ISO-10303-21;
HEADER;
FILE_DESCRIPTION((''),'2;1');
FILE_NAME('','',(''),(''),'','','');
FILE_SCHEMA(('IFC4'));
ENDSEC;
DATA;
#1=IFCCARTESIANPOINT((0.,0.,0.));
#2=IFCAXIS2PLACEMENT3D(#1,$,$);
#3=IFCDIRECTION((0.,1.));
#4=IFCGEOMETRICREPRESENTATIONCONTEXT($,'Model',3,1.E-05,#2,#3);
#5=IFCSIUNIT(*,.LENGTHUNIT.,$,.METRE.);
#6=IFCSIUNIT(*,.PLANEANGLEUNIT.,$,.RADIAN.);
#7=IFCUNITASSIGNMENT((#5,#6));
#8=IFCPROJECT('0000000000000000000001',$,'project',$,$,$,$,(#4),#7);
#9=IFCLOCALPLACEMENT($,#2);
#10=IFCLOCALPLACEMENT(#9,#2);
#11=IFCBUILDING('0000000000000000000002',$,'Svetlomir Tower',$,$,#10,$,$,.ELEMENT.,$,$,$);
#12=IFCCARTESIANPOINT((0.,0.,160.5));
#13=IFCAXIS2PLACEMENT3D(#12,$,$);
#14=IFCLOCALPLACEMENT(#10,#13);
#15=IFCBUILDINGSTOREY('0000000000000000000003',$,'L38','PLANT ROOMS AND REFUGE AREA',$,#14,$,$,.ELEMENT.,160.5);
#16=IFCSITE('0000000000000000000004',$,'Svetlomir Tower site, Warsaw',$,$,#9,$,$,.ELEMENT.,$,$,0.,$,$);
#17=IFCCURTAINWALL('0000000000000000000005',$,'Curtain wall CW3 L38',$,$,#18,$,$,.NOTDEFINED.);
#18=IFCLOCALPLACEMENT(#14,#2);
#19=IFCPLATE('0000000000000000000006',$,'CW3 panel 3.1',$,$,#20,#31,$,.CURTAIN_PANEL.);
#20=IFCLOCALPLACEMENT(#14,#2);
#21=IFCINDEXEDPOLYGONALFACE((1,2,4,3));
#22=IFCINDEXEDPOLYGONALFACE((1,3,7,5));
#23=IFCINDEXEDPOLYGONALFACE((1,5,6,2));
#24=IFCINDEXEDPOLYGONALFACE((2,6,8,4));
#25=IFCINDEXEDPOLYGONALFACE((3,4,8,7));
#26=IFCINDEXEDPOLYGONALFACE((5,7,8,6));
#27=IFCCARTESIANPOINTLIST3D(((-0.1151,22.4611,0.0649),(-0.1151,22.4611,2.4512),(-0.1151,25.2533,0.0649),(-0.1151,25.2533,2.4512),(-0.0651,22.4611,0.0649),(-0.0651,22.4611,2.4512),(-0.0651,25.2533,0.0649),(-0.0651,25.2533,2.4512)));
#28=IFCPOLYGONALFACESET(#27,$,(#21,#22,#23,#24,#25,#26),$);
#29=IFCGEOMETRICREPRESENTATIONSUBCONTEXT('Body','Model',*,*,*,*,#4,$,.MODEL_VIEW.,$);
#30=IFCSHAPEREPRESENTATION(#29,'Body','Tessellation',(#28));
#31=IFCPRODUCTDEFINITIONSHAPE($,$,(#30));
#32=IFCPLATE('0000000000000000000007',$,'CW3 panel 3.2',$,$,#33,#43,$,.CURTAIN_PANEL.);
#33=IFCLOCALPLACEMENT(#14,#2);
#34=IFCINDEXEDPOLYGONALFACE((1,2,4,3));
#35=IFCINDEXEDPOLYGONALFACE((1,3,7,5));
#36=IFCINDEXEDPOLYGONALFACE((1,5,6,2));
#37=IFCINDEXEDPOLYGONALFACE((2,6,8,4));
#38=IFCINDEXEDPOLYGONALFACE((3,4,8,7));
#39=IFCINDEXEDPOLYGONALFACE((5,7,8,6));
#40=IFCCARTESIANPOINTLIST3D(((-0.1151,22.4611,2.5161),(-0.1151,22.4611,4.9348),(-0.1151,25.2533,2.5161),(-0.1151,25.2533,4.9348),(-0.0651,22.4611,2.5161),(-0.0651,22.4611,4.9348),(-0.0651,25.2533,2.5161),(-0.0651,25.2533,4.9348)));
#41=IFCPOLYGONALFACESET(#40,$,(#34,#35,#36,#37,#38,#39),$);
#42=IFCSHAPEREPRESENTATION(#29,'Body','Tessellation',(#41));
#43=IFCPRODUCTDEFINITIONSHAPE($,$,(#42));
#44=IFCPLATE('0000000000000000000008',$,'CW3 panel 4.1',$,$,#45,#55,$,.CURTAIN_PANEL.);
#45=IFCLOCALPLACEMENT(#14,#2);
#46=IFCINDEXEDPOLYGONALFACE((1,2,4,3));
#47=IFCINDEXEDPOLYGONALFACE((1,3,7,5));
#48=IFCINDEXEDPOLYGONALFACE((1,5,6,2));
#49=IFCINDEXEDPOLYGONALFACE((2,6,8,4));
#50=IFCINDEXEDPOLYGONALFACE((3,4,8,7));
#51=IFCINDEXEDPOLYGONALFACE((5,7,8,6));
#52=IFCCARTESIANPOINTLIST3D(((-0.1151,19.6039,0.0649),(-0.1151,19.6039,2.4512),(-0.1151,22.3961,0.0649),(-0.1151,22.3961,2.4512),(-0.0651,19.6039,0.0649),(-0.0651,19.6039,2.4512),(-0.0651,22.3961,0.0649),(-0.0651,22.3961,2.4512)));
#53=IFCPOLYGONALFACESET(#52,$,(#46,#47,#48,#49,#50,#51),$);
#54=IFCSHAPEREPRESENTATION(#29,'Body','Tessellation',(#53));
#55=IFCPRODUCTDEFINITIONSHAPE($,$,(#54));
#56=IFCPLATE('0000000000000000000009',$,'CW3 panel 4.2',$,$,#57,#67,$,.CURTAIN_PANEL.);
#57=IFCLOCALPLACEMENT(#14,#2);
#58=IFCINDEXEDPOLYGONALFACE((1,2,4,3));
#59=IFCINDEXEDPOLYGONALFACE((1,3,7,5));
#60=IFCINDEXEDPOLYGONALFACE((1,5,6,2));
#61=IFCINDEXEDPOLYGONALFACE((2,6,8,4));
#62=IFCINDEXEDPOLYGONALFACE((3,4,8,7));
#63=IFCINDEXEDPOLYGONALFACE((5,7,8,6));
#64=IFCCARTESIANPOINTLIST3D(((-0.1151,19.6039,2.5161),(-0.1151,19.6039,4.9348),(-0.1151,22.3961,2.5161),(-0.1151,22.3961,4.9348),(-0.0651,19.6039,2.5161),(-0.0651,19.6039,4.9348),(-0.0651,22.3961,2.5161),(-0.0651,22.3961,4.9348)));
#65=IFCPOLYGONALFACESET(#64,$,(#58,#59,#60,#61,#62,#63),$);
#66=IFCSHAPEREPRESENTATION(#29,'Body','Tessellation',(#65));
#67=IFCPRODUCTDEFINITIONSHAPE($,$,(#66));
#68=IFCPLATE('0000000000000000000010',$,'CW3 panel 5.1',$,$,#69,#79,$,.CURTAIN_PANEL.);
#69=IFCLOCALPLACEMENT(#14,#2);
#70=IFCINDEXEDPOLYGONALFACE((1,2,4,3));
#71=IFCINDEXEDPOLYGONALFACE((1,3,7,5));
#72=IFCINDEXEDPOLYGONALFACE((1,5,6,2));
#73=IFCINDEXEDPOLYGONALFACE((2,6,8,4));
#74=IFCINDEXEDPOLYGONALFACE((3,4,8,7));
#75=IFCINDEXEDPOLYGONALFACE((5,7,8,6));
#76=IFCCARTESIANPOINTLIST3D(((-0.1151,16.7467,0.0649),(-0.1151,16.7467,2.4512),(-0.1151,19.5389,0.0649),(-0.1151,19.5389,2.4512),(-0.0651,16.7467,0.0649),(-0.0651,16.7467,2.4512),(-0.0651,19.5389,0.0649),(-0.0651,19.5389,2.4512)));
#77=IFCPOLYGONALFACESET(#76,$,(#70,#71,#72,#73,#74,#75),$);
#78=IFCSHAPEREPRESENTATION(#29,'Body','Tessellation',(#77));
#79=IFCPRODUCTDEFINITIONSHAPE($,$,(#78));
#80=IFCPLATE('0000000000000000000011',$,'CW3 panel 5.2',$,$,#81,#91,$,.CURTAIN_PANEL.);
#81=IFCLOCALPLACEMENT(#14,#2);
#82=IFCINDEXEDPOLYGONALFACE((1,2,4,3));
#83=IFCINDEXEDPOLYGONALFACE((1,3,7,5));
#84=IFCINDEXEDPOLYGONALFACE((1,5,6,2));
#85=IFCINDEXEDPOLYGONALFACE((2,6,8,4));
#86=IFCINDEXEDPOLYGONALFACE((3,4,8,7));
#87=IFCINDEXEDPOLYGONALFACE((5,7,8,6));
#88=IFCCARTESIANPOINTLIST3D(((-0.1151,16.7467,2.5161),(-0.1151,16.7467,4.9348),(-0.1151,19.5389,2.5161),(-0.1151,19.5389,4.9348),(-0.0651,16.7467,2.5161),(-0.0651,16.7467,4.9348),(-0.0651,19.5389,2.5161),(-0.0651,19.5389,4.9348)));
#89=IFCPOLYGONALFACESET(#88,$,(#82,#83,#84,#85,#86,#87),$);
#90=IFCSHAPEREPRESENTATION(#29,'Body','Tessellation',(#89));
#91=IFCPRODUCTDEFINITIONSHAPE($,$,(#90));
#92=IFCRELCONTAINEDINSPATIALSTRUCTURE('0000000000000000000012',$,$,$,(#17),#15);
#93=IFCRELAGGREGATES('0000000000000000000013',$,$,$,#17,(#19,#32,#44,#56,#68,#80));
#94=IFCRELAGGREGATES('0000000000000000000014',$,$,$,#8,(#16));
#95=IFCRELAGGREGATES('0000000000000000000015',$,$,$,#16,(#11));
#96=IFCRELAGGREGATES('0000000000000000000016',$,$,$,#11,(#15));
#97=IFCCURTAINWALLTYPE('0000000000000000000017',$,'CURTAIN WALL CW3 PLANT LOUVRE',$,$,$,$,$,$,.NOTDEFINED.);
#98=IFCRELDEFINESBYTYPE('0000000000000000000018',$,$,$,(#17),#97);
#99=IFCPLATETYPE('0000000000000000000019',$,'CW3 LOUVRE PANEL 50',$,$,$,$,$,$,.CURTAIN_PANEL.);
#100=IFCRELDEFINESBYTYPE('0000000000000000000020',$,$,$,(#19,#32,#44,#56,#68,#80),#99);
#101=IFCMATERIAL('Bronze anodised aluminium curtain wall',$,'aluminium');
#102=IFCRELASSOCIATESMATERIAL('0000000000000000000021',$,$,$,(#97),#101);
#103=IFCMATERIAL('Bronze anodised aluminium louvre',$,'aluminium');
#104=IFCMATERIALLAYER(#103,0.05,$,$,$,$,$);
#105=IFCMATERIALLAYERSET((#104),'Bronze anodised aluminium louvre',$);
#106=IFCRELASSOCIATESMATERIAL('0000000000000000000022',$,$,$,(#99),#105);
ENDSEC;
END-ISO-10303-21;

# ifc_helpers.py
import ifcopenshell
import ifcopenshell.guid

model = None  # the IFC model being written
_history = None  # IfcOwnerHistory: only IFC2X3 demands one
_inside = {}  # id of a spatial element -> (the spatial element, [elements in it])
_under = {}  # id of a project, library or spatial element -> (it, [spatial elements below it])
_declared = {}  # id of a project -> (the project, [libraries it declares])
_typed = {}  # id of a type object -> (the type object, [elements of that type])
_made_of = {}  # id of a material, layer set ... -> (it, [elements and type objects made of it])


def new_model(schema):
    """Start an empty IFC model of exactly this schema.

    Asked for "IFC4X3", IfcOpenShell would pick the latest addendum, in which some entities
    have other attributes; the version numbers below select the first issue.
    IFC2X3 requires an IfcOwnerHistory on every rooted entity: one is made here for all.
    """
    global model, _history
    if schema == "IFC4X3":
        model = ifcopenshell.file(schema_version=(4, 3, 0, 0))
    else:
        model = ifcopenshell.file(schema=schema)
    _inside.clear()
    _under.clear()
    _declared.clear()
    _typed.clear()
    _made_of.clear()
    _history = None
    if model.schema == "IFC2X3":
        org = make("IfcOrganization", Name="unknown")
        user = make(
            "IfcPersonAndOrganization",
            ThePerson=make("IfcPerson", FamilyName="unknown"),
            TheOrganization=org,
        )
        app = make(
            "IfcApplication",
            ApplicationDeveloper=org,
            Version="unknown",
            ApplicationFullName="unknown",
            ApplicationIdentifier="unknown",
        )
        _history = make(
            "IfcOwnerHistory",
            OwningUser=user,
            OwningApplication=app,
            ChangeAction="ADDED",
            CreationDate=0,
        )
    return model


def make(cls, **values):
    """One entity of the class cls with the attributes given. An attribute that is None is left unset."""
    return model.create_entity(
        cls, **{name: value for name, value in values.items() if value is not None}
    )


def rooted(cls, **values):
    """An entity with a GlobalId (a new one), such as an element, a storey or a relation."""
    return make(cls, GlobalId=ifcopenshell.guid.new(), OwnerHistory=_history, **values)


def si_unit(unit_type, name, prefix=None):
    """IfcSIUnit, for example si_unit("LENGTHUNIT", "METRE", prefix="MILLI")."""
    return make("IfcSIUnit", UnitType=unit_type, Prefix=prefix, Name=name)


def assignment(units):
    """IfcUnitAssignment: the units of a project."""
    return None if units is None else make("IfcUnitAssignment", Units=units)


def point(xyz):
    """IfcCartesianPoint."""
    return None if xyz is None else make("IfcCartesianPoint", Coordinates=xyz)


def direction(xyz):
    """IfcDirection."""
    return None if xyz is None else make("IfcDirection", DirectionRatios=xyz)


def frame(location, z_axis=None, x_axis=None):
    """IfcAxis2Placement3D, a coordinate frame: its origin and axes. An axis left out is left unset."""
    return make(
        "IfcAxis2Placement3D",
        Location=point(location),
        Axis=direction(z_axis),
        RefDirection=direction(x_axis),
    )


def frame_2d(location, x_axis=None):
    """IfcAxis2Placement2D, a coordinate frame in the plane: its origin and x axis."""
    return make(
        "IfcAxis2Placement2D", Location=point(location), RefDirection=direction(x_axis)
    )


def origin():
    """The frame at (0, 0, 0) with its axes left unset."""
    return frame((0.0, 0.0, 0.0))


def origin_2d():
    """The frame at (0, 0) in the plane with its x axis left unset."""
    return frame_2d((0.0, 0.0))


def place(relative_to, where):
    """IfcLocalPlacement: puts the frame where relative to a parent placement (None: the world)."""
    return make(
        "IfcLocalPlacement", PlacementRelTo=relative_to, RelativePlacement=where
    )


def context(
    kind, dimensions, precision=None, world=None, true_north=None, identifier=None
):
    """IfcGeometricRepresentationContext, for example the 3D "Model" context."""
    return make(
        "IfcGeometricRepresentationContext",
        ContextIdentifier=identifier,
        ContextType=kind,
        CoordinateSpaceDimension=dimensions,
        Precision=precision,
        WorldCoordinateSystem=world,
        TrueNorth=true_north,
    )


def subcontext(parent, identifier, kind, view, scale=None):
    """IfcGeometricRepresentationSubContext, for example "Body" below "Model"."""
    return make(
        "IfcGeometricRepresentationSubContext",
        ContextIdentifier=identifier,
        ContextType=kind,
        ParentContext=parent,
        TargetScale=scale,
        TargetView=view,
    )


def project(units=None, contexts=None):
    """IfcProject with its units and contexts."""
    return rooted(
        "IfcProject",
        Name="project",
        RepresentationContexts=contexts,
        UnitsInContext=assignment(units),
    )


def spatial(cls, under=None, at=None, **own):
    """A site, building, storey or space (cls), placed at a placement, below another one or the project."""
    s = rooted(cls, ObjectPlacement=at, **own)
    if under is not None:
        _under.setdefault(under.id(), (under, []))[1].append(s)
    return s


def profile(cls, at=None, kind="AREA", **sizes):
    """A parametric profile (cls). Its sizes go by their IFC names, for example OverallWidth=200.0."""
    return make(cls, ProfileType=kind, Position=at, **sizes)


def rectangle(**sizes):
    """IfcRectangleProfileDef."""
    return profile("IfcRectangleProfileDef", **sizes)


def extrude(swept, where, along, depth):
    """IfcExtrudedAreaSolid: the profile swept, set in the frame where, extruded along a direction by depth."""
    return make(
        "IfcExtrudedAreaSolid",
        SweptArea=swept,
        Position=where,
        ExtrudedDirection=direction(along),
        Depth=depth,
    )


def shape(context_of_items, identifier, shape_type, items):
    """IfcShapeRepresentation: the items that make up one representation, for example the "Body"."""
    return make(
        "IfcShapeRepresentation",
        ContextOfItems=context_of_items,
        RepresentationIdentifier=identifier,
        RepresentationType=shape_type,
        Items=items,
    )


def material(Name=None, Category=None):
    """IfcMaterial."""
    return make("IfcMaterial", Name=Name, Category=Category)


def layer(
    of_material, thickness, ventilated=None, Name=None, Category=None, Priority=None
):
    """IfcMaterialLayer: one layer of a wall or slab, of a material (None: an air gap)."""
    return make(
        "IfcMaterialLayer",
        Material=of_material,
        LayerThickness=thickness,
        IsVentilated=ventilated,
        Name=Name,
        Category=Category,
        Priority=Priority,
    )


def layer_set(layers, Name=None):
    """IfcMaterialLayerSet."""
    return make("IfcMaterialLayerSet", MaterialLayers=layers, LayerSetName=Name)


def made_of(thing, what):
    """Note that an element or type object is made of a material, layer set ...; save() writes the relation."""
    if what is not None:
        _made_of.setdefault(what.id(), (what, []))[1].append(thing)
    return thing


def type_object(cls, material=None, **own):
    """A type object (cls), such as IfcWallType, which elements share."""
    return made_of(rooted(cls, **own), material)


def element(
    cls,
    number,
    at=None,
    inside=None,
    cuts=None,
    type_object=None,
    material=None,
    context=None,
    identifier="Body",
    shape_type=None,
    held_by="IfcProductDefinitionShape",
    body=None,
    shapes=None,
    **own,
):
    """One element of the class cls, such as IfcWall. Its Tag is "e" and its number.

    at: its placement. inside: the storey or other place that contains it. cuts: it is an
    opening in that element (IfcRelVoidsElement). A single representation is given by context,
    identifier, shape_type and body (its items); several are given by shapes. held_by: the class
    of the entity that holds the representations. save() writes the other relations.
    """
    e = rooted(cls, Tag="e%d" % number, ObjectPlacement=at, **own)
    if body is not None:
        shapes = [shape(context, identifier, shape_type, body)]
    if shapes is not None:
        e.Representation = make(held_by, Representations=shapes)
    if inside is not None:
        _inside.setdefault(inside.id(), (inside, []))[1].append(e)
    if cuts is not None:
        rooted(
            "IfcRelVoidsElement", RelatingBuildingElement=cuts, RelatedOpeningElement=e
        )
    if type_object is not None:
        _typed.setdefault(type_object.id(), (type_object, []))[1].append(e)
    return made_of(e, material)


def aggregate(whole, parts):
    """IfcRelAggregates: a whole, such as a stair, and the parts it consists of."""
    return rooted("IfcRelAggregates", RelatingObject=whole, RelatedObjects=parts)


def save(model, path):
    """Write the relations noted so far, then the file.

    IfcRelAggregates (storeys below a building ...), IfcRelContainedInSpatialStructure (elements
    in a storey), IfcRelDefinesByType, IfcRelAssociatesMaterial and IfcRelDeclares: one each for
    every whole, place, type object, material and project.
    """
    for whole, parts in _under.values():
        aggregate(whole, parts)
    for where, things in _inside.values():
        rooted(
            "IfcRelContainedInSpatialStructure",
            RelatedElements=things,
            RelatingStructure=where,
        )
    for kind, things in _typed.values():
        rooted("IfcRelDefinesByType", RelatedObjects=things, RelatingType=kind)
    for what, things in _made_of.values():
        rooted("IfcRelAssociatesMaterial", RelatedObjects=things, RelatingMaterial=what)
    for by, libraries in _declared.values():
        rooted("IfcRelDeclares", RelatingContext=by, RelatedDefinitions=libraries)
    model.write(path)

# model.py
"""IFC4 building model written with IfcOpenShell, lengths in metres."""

from ifc_helpers import new_model, si_unit, direction, frame, origin, origin_2d, place, context, subcontext, project, spatial, rectangle, extrude, material, layer, layer_set, type_object, element, aggregate, save


model = new_model("IFC4")

# Units and contexts
model_context = context("Model", 3, precision=1e-05, world=origin(), true_north=direction((0.0, 1.0)))
body_context = subcontext(model_context, "Body", "Model", "MODEL_VIEW")
ifc_project = project(units=[si_unit("LENGTHUNIT", "METRE"), si_unit("PLANEANGLEUNIT", "RADIAN")], contexts=[model_context])

# Site, building, storey
site_placement = place(None, origin())
site = spatial("IfcSite", under=ifc_project, at=site_placement, Name="Svetlomir Tower site, Warsaw", CompositionType="ELEMENT", RefElevation=0.0)
building_placement = place(site_placement, origin())
building = spatial("IfcBuilding", under=site, at=building_placement, Name="Svetlomir Tower", CompositionType="ELEMENT")
storey_placement = place(building_placement, frame((0.0, 0.0, 160.5)))
storey = spatial("IfcBuildingStorey", under=building, at=storey_placement, Name="L38", Description="PLANT ROOMS AND REFUGE AREA", CompositionType="ELEMENT", Elevation=160.5)

# Curtain wall, plates
ifc_material_1 = material(Name="Bronze anodised aluminium curtain wall", Category="aluminium")
curtain_wall_type = type_object("IfcCurtainWallType", Name="CURTAIN WALL CW3 PLANT LOUVRE", PredefinedType="NOTDEFINED", material=ifc_material_1)
curtain_wall_placement = place(storey_placement, origin())
curtain_wall = element("IfcCurtainWall", 1, at=curtain_wall_placement, inside=storey, type_object=curtain_wall_type, Name="Curtain wall CW3 L38", PredefinedType="NOTDEFINED")
ifc_material_2 = material(Name="Bronze anodised aluminium louvre", Category="aluminium")
ifc_layer = layer(ifc_material_2, 0.05)
ifc_layer_set = layer_set([ifc_layer], Name="Bronze anodised aluminium louvre")
plate_type = type_object("IfcPlateType", Name="CW3 LOUVRE PANEL 50", PredefinedType="CURTAIN_PANEL", material=ifc_layer_set)
plate_1_placement = place(storey_placement, frame((-0.0901, 23.8572, 0.0649), z_axis=(0.0, 0.0, 1.0), x_axis=(0.0, -1.0, 0.0)))
plate_1 = element("IfcPlate", 2, at=plate_1_placement, type_object=plate_type, Name="CW3 panel 3.1", PredefinedType="CURTAIN_PANEL", context=body_context, shape_type="SweptSolid", body=[
    extrude(rectangle(XDim=2.7922, YDim=0.05, at=origin_2d()), origin(), (0.0, 0.0, 1.0), 2.3862),
])
plate_2_placement = place(storey_placement, frame((-0.0901, 23.8572, 2.5161), z_axis=(0.0, 0.0, 1.0), x_axis=(0.0, -1.0, 0.0)))
plate_2 = element("IfcPlate", 3, at=plate_2_placement, type_object=plate_type, Name="CW3 panel 3.2", PredefinedType="CURTAIN_PANEL", context=body_context, shape_type="SweptSolid", body=[
    extrude(rectangle(XDim=2.7922, YDim=0.05, at=origin_2d()), origin(), (0.0, 0.0, 1.0), 2.4187),
])
plate_3_placement = place(storey_placement, frame((-0.0901, 21.0, 0.0649), z_axis=(0.0, 0.0, 1.0), x_axis=(0.0, -1.0, 0.0)))
plate_3 = element("IfcPlate", 4, at=plate_3_placement, type_object=plate_type, Name="CW3 panel 4.1", PredefinedType="CURTAIN_PANEL", context=body_context, shape_type="SweptSolid", body=[
    extrude(rectangle(XDim=2.7922, YDim=0.05, at=origin_2d()), origin(), (0.0, 0.0, 1.0), 2.3862),
])
plate_4_placement = place(storey_placement, frame((-0.0901, 21.0, 2.5161), z_axis=(0.0, 0.0, 1.0), x_axis=(0.0, -1.0, 0.0)))
plate_4 = element("IfcPlate", 5, at=plate_4_placement, type_object=plate_type, Name="CW3 panel 4.2", PredefinedType="CURTAIN_PANEL", context=body_context, shape_type="SweptSolid", body=[
    extrude(rectangle(XDim=2.7922, YDim=0.05, at=origin_2d()), origin(), (0.0, 0.0, 1.0), 2.4187),
])
plate_5_placement = place(storey_placement, frame((-0.0901, 18.1428, 0.0649), z_axis=(0.0, 0.0, 1.0), x_axis=(0.0, -1.0, 0.0)))
plate_5 = element("IfcPlate", 6, at=plate_5_placement, type_object=plate_type, Name="CW3 panel 5.1", PredefinedType="CURTAIN_PANEL", context=body_context, shape_type="SweptSolid", body=[
    extrude(rectangle(XDim=2.7922, YDim=0.05, at=origin_2d()), origin(), (0.0, 0.0, 1.0), 2.3862),
])
plate_6_placement = place(storey_placement, frame((-0.0901, 18.1428, 2.5161), z_axis=(0.0, 0.0, 1.0), x_axis=(0.0, -1.0, 0.0)))
plate_6 = element("IfcPlate", 7, at=plate_6_placement, type_object=plate_type, Name="CW3 panel 5.2", PredefinedType="CURTAIN_PANEL", context=body_context, shape_type="SweptSolid", body=[
    extrude(rectangle(XDim=2.7922, YDim=0.05, at=origin_2d()), origin(), (0.0, 0.0, 1.0), 2.4187),
])
aggregate(curtain_wall, [plate_1, plate_2, plate_3, plate_4, plate_5, plate_6])

save(model, "model.ifc")
